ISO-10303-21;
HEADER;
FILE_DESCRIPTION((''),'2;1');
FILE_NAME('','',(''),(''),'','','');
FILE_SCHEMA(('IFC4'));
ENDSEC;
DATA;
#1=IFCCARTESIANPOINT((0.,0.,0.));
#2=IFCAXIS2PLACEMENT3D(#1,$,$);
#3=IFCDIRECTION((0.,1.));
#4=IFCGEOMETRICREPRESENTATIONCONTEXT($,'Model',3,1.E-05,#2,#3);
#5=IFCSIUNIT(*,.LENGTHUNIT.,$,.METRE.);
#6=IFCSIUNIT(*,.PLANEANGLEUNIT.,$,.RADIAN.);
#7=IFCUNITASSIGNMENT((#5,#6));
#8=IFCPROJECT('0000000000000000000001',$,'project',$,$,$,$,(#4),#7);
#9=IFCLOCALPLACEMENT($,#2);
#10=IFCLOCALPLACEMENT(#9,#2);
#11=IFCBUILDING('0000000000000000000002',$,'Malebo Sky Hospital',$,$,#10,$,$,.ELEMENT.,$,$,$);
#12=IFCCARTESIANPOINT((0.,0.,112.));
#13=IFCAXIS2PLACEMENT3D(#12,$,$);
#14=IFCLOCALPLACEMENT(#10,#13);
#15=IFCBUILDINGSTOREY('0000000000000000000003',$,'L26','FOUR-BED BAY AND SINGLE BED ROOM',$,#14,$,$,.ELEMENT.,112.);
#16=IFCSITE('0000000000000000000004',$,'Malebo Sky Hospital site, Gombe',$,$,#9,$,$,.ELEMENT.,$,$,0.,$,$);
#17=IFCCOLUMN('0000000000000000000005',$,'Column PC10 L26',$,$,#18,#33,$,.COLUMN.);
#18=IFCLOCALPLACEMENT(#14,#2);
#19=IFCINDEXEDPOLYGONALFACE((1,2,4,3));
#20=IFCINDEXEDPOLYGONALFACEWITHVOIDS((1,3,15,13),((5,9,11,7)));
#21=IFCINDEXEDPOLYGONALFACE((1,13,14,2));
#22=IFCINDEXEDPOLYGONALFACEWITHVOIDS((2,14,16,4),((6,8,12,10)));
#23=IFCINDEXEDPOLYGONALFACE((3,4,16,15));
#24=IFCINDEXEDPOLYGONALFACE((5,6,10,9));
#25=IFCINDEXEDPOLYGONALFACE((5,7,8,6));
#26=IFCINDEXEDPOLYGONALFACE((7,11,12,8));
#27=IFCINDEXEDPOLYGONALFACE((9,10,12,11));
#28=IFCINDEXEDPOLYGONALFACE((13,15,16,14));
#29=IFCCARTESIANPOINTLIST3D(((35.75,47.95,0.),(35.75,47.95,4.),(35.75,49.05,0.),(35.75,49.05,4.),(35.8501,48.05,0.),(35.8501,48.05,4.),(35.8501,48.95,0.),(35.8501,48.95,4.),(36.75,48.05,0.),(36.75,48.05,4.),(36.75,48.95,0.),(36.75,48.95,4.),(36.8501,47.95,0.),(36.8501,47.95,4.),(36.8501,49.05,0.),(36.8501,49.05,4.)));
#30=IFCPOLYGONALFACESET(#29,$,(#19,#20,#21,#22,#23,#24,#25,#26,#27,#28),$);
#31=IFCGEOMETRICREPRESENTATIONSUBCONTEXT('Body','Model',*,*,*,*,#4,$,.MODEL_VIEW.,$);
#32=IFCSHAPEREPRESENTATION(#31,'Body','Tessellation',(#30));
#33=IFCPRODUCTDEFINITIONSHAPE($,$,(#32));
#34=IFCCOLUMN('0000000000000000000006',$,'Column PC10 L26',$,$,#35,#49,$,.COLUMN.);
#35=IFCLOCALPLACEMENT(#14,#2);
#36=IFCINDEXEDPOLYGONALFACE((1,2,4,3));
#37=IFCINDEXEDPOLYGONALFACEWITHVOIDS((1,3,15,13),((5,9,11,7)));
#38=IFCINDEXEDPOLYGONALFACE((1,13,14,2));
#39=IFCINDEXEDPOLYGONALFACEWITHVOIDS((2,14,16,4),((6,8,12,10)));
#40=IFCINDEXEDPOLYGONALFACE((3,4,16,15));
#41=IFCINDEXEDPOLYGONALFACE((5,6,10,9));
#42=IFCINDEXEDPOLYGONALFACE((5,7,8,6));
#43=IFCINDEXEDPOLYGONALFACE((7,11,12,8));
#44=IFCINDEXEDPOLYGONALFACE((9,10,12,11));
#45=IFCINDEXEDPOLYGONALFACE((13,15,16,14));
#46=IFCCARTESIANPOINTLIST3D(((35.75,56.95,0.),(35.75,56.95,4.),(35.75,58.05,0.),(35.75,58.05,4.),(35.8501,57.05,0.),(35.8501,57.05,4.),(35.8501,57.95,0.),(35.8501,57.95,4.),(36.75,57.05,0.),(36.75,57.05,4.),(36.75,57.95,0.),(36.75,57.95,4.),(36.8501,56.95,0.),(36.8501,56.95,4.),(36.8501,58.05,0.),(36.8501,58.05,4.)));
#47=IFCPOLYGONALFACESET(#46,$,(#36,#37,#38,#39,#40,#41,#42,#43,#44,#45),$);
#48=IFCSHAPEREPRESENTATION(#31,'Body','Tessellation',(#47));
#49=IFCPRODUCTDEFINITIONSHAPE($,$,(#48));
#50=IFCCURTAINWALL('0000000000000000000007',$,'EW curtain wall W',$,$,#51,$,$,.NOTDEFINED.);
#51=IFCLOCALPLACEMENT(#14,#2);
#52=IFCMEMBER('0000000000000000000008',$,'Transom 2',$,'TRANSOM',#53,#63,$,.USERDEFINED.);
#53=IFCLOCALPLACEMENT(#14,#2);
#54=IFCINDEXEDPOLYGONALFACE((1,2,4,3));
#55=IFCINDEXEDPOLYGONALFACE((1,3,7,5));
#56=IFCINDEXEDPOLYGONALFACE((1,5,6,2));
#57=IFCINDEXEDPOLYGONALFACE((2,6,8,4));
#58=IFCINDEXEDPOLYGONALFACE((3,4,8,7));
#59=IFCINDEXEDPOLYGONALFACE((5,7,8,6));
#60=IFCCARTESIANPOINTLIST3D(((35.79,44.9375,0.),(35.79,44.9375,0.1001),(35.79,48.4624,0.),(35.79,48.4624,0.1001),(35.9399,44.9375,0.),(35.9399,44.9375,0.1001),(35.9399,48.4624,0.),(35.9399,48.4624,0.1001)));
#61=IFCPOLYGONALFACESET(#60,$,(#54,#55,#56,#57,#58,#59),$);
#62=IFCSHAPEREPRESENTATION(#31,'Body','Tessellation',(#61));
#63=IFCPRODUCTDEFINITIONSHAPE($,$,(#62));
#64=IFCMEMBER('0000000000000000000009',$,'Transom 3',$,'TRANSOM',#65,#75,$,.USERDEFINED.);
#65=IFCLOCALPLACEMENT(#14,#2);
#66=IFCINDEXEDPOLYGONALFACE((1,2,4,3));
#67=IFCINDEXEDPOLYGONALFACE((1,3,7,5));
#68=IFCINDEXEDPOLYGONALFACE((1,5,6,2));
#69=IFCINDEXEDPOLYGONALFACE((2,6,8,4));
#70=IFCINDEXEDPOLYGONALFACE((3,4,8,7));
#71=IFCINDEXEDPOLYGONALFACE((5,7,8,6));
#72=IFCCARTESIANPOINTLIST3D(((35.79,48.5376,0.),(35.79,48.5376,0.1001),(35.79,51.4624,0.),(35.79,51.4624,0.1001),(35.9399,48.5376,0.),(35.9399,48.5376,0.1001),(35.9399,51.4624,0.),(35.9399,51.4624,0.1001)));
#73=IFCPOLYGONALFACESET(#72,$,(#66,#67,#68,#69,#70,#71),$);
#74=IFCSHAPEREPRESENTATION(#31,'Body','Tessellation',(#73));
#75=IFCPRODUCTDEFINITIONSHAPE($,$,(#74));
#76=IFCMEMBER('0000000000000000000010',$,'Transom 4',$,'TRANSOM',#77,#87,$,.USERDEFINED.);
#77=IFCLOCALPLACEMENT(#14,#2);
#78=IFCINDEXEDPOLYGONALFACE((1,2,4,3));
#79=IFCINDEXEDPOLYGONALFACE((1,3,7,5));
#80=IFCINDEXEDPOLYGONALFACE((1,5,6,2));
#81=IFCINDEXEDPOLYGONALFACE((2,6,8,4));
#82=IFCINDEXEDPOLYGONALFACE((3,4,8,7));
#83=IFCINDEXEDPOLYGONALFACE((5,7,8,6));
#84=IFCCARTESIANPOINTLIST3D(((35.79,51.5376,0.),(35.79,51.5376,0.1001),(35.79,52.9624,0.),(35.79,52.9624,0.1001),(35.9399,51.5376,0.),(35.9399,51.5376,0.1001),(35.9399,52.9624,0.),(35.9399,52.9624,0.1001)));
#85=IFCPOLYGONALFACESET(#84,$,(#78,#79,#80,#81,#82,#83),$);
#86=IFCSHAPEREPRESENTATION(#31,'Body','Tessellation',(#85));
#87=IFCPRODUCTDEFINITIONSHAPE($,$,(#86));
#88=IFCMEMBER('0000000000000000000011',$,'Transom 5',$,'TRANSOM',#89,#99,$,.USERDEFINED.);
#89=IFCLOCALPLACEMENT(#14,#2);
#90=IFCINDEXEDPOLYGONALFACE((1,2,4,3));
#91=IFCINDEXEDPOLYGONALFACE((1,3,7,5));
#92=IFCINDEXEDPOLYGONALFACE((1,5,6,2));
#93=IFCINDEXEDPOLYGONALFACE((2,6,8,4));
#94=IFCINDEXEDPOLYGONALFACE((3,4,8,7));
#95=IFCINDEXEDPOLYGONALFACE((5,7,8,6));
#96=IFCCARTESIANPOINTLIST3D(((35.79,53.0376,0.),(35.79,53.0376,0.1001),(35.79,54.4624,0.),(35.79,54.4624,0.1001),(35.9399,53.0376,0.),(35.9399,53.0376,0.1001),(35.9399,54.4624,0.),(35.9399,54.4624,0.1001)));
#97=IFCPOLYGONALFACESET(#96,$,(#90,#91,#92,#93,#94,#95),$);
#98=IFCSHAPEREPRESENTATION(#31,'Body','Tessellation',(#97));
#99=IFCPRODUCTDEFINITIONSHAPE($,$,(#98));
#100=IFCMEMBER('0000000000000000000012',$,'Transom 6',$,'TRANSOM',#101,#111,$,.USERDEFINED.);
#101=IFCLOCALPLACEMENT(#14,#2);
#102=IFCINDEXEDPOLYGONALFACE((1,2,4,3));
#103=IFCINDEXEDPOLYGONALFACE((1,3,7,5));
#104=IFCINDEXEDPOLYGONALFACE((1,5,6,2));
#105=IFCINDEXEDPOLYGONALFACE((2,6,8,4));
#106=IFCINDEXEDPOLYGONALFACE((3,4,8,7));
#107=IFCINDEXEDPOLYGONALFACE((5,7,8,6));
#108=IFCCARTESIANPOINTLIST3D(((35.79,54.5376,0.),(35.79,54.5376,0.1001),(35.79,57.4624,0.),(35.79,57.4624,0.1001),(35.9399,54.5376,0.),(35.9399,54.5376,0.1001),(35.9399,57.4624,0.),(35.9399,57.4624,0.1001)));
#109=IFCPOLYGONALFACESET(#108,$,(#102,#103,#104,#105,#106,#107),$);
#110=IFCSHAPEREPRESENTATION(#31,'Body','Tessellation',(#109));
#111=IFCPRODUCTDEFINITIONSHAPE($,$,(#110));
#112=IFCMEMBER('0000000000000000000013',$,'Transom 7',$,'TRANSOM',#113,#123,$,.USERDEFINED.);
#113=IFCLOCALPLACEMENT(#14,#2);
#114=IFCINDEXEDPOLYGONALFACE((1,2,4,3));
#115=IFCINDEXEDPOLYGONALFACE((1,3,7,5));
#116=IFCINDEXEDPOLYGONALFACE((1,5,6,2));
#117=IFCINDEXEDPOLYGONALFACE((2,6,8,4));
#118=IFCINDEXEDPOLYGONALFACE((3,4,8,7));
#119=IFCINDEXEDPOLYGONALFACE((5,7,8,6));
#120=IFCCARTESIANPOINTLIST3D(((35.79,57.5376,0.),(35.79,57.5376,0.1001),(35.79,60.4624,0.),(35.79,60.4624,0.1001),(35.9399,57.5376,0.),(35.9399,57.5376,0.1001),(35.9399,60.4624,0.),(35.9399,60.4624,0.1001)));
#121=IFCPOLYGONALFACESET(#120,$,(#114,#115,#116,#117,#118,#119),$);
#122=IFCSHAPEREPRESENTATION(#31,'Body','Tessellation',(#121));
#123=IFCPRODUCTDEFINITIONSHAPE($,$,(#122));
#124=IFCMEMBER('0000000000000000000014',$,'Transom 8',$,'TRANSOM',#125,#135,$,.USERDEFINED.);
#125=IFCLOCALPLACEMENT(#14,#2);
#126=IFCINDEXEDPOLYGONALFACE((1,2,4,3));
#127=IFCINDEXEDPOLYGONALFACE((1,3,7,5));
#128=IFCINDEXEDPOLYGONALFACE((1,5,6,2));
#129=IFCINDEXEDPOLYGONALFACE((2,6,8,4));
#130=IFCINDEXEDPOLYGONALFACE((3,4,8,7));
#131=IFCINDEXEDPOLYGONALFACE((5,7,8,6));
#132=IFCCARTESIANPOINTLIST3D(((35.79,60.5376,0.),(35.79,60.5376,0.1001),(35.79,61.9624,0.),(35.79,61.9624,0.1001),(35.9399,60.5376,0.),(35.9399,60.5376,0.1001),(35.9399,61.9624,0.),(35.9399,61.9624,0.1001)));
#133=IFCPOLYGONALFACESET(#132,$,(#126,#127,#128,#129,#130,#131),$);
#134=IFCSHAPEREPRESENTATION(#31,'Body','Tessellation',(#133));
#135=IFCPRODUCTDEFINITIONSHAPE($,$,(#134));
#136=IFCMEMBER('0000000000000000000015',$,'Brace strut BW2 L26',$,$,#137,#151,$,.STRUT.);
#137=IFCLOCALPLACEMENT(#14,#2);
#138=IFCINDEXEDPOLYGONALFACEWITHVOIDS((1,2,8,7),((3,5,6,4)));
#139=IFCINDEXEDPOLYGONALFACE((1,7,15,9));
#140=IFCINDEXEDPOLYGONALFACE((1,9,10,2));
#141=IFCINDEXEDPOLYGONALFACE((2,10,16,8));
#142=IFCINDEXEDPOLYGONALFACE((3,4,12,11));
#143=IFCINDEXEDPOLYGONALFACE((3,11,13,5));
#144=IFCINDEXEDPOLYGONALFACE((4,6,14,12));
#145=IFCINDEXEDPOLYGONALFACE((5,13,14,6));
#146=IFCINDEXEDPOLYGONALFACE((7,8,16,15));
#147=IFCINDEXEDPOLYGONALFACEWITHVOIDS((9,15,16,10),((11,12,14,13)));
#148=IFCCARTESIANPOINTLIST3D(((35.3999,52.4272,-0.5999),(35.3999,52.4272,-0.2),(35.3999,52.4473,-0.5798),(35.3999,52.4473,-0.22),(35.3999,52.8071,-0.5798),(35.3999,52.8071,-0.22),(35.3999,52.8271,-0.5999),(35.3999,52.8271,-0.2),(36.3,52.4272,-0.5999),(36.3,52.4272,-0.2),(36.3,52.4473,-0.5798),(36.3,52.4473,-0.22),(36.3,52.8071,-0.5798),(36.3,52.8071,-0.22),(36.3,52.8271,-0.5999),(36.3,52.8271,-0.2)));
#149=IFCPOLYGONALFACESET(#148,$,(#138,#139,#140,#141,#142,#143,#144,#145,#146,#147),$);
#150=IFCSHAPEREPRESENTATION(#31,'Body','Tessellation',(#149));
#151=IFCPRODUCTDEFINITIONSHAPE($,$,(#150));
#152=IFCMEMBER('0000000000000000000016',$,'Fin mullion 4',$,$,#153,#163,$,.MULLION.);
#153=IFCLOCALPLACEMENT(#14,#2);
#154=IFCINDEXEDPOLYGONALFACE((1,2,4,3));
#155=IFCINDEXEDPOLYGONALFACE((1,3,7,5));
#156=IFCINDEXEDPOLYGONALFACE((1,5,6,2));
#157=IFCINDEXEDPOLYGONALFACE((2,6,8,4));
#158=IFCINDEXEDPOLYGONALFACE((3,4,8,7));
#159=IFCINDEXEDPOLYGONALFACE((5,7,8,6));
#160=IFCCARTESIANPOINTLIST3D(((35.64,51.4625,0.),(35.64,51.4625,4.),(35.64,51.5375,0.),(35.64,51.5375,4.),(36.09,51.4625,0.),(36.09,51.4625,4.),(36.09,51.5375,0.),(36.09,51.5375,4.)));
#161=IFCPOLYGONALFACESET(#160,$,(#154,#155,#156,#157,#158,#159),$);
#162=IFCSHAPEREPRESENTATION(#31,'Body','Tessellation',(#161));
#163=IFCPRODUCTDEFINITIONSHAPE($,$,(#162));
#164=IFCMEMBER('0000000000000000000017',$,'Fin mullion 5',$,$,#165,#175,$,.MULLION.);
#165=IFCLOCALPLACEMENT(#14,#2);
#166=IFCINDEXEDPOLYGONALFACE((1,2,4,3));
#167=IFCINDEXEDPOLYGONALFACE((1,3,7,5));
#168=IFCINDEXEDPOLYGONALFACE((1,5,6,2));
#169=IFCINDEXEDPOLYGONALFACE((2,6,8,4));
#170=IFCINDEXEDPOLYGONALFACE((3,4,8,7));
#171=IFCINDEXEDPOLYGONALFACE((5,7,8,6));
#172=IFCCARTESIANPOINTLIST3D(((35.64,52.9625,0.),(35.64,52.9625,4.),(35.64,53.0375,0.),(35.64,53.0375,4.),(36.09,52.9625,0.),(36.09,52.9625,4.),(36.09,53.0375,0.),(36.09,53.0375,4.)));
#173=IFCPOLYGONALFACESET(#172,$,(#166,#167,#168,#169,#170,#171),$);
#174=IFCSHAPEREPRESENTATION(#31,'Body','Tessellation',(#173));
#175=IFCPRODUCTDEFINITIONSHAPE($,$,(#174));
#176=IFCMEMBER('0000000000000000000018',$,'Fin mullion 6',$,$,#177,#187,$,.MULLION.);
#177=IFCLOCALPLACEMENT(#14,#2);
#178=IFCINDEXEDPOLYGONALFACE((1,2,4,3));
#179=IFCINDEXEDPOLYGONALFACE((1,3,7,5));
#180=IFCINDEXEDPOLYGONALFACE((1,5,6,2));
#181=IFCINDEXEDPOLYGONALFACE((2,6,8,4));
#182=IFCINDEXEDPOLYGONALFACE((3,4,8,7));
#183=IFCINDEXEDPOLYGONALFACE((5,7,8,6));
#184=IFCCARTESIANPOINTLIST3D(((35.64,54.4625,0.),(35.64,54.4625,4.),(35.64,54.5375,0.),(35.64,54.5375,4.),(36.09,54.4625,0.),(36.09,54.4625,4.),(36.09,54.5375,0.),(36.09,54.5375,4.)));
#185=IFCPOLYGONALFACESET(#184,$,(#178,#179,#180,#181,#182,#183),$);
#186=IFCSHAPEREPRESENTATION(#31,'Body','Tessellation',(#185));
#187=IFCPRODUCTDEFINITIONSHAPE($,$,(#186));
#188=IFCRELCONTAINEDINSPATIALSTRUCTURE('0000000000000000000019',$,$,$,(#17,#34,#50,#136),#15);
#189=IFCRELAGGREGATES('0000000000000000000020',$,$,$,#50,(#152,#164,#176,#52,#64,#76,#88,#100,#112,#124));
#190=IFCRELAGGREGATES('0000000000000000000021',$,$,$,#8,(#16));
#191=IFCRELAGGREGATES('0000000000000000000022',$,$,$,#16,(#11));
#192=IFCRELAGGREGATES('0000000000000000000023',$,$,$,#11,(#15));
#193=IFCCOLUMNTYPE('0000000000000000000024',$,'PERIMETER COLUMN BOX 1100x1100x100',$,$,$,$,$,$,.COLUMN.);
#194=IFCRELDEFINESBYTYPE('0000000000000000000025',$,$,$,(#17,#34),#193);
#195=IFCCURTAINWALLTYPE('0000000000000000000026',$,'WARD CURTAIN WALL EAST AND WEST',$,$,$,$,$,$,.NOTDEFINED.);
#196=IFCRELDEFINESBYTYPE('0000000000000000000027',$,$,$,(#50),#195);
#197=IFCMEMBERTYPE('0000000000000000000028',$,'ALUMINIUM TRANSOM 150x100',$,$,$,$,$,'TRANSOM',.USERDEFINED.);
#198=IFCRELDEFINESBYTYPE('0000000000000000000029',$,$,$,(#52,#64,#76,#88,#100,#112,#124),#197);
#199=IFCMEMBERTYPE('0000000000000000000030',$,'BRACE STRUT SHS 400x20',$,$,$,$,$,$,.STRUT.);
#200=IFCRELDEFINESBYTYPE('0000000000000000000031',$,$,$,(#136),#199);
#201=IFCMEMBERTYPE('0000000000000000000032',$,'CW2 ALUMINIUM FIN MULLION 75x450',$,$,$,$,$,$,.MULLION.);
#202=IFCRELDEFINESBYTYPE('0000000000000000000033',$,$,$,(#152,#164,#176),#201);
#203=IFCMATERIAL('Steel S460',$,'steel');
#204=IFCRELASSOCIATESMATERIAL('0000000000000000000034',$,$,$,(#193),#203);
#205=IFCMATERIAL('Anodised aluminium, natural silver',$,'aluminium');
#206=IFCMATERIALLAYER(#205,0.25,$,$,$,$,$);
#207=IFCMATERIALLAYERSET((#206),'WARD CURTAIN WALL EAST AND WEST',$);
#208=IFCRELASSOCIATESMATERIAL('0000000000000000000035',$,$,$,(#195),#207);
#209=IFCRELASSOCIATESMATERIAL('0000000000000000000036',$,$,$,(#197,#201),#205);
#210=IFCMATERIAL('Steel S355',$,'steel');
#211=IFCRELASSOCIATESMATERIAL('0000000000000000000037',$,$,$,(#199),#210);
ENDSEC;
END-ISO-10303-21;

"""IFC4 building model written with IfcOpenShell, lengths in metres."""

from ifc_helpers import new_model, si_unit, direction, frame, origin, origin_2d, place, context, subcontext, project, spatial, rectangle, hollow_rectangle, extrude, material, layer, layer_set, material_profile, profile_set, type_object, element, aggregate, save


model = new_model("IFC4")

# Units and contexts
model_context = context("Model", 3, precision=1e-05, world=origin(), true_north=direction((0.0, 1.0)))
body_context = subcontext(model_context, "Body", "Model", "MODEL_VIEW")
ifc_project = project(units=[si_unit("LENGTHUNIT", "METRE"), si_unit("PLANEANGLEUNIT", "RADIAN")], contexts=[model_context])

# Site, building, storey
site_placement = place(None, origin())
site = spatial("IfcSite", under=ifc_project, at=site_placement, Name="Malebo Sky Hospital site, Gombe", CompositionType="ELEMENT", RefElevation=0.0)
building_placement = place(site_placement, origin())
building = spatial("IfcBuilding", under=site, at=building_placement, Name="Malebo Sky Hospital", CompositionType="ELEMENT")
storey_placement = place(building_placement, frame((0.0, 0.0, 112.0)))
storey = spatial("IfcBuildingStorey", under=building, at=storey_placement, Name="L26", Description="FOUR-BED BAY AND SINGLE BED ROOM", CompositionType="ELEMENT", Elevation=112.0)

# Columns
ifc_material_1 = material(Name="Steel S460", Category="steel")
ifc_material_profile_1 = material_profile(ifc_material_1, hollow_rectangle(XDim=1.1001, YDim=1.1001, WallThickness=0.1001, at=origin_2d()), Name="BOX 1100x1100x100")
ifc_profile_set_1 = profile_set([ifc_material_profile_1], Name="Steel S460")
column_type = type_object("IfcColumnType", Name="PERIMETER COLUMN BOX 1100x1100x100", PredefinedType="COLUMN", material=ifc_profile_set_1)
for number, where, z_axis, x_axis, name in (
    (1, (36.3, 48.5, 0.0), (0.0, 0.0, 1.0), (1.0, 0.0, 0.0), "Column PC10 L26"),
    (2, (36.3, 57.5, 0.0), (0.0, 0.0, 1.0), (1.0, 0.0, 0.0), "Column PC10 L26"),
):
    element("IfcColumn", number, at=place(storey_placement, frame(where, z_axis=z_axis, x_axis=x_axis)), inside=storey, type_object=column_type, Name=name, PredefinedType="COLUMN", context=body_context, shape_type="SweptSolid", body=[
        extrude(hollow_rectangle(XDim=1.1001, YDim=1.1001, WallThickness=0.1001, at=origin_2d()), origin(), (0.0, 0.0, 1.0), 4.0),
    ])

# Curtain wall, members
ifc_material_2 = material(Name="Anodised aluminium, natural silver", Category="aluminium")
ifc_layer_1 = layer(ifc_material_2, 0.25)
ifc_layer_set_1 = layer_set([ifc_layer_1], Name="WARD CURTAIN WALL EAST AND WEST")
curtain_wall_type = type_object("IfcCurtainWallType", Name="WARD CURTAIN WALL EAST AND WEST", PredefinedType="NOTDEFINED", material=ifc_layer_set_1)
curtain_wall_placement = place(storey_placement, origin())
curtain_wall = element("IfcCurtainWall", 3, at=curtain_wall_placement, inside=storey, type_object=curtain_wall_type, Name="EW curtain wall W", PredefinedType="NOTDEFINED")
ifc_material_profile_2 = material_profile(ifc_material_2, rectangle(XDim=0.1499, YDim=0.1001, at=origin_2d()), Name="ALUMINIUM TRANSOM 150x100")
ifc_profile_set_2 = profile_set([ifc_material_profile_2], Name="Anodised aluminium, natural silver")
member_type_1 = type_object("IfcMemberType", Name="ALUMINIUM TRANSOM 150x100", ElementType="TRANSOM", PredefinedType="USERDEFINED", material=ifc_profile_set_2)
member_1_placement = place(storey_placement, frame((35.865, 44.9375, 0.05), z_axis=(0.0, 1.0, 0.0), x_axis=(-1.0, 0.0, 0.0)))
member_1 = element("IfcMember", 4, at=member_1_placement, type_object=member_type_1, Name="Transom 2", ObjectType="TRANSOM", PredefinedType="USERDEFINED", context=body_context, shape_type="SweptSolid", body=[
    extrude(rectangle(XDim=0.1499, YDim=0.1001, at=origin_2d()), origin(), (0.0, 0.0, 1.0), 3.5249),
])
member_2_placement = place(storey_placement, frame((35.865, 48.5376, 0.05), z_axis=(0.0, 1.0, 0.0), x_axis=(-1.0, 0.0, 0.0)))
member_2 = element("IfcMember", 5, at=member_2_placement, type_object=member_type_1, Name="Transom 3", ObjectType="TRANSOM", PredefinedType="USERDEFINED", context=body_context, shape_type="SweptSolid", body=[
    extrude(rectangle(XDim=0.1499, YDim=0.1001, at=origin_2d()), origin(), (0.0, 0.0, 1.0), 2.9248),
])
member_3_placement = place(storey_placement, frame((35.865, 51.5376, 0.05), z_axis=(0.0, 1.0, 0.0), x_axis=(-1.0, 0.0, 0.0)))
member_3 = element("IfcMember", 6, at=member_3_placement, type_object=member_type_1, Name="Transom 4", ObjectType="TRANSOM", PredefinedType="USERDEFINED", context=body_context, shape_type="SweptSolid", body=[
    extrude(rectangle(XDim=0.1499, YDim=0.1001, at=origin_2d()), origin(), (0.0, 0.0, 1.0), 1.4248),
])
member_4_placement = place(storey_placement, frame((35.865, 53.0376, 0.05), z_axis=(0.0, 1.0, 0.0), x_axis=(-1.0, 0.0, 0.0)))
member_4 = element("IfcMember", 7, at=member_4_placement, type_object=member_type_1, Name="Transom 5", ObjectType="TRANSOM", PredefinedType="USERDEFINED", context=body_context, shape_type="SweptSolid", body=[
    extrude(rectangle(XDim=0.1499, YDim=0.1001, at=origin_2d()), origin(), (0.0, 0.0, 1.0), 1.4248),
])
member_5_placement = place(storey_placement, frame((35.865, 54.5376, 0.05), z_axis=(0.0, 1.0, 0.0), x_axis=(-1.0, 0.0, 0.0)))
member_5 = element("IfcMember", 8, at=member_5_placement, type_object=member_type_1, Name="Transom 6", ObjectType="TRANSOM", PredefinedType="USERDEFINED", context=body_context, shape_type="SweptSolid", body=[
    extrude(rectangle(XDim=0.1499, YDim=0.1001, at=origin_2d()), origin(), (0.0, 0.0, 1.0), 2.9248),
])
member_6_placement = place(storey_placement, frame((35.865, 57.5376, 0.05), z_axis=(0.0, 1.0, 0.0), x_axis=(-1.0, 0.0, 0.0)))
member_6 = element("IfcMember", 9, at=member_6_placement, type_object=member_type_1, Name="Transom 7", ObjectType="TRANSOM", PredefinedType="USERDEFINED", context=body_context, shape_type="SweptSolid", body=[
    extrude(rectangle(XDim=0.1499, YDim=0.1001, at=origin_2d()), origin(), (0.0, 0.0, 1.0), 2.9248),
])
member_7_placement = place(storey_placement, frame((35.865, 60.5376, 0.05), z_axis=(0.0, 1.0, 0.0), x_axis=(-1.0, 0.0, 0.0)))
member_7 = element("IfcMember", 10, at=member_7_placement, type_object=member_type_1, Name="Transom 8", ObjectType="TRANSOM", PredefinedType="USERDEFINED", context=body_context, shape_type="SweptSolid", body=[
    extrude(rectangle(XDim=0.1499, YDim=0.1001, at=origin_2d()), origin(), (0.0, 0.0, 1.0), 1.4248),
])

# Members
ifc_material_3 = material(Name="Steel S355", Category="steel")
ifc_material_profile_3 = material_profile(ifc_material_3, hollow_rectangle(XDim=0.3999, YDim=0.3999, WallThickness=0.02, at=origin_2d()), Name="SHS 400x20")
ifc_profile_set_3 = profile_set([ifc_material_profile_3], Name="Steel S355")
member_type_2 = type_object("IfcMemberType", Name="BRACE STRUT SHS 400x20", PredefinedType="STRUT", material=ifc_profile_set_3)
member_8_placement = place(storey_placement, frame((35.3999, 52.6272, -0.3999), z_axis=(1.0, 0.0, 0.0), x_axis=(0.0, 1.0, 0.0)))
element("IfcMember", 11, at=member_8_placement, inside=storey, type_object=member_type_2, Name="Brace strut BW2 L26", PredefinedType="STRUT", context=body_context, shape_type="SweptSolid", body=[
    extrude(hollow_rectangle(XDim=0.3999, YDim=0.3999, WallThickness=0.02, at=origin_2d()), origin(), (0.0, 0.0, 1.0), 0.9001),
])
ifc_material_profile_4 = material_profile(ifc_material_2, rectangle(XDim=0.075, YDim=0.45, at=origin_2d()), Name="CW2 ALUMINIUM FIN MULLION 75x450")
ifc_profile_set_4 = profile_set([ifc_material_profile_4], Name="Anodised aluminium, natural silver")
member_type_3 = type_object("IfcMemberType", Name="CW2 ALUMINIUM FIN MULLION 75x450", PredefinedType="MULLION", material=ifc_profile_set_4)
member_9_placement = place(storey_placement, frame((35.865, 51.5, 0.0), z_axis=(0.0, 0.0, 1.0), x_axis=(0.0, 1.0, 0.0)))
member_9 = element("IfcMember", 12, at=member_9_placement, type_object=member_type_3, Name="Fin mullion 4", PredefinedType="MULLION", context=body_context, shape_type="SweptSolid", body=[
    extrude(rectangle(XDim=0.075, YDim=0.45, at=origin_2d()), origin(), (0.0, 0.0, 1.0), 4.0),
])
member_10_placement = place(storey_placement, frame((35.865, 53.0, 0.0), z_axis=(0.0, 0.0, 1.0), x_axis=(0.0, 1.0, 0.0)))
member_10 = element("IfcMember", 13, at=member_10_placement, type_object=member_type_3, Name="Fin mullion 5", PredefinedType="MULLION", context=body_context, shape_type="SweptSolid", body=[
    extrude(rectangle(XDim=0.075, YDim=0.45, at=origin_2d()), origin(), (0.0, 0.0, 1.0), 4.0),
])
member_11_placement = place(storey_placement, frame((35.865, 54.5, 0.0), z_axis=(0.0, 0.0, 1.0), x_axis=(0.0, 1.0, 0.0)))
member_11 = element("IfcMember", 14, at=member_11_placement, type_object=member_type_3, Name="Fin mullion 6", PredefinedType="MULLION", context=body_context, shape_type="SweptSolid", body=[
    extrude(rectangle(XDim=0.075, YDim=0.45, at=origin_2d()), origin(), (0.0, 0.0, 1.0), 4.0),
])

aggregate(curtain_wall, [member_9, member_10, member_11, member_1, member_2, member_3, member_4, member_5, member_6, member_7])

save(model, "model.ifc")
